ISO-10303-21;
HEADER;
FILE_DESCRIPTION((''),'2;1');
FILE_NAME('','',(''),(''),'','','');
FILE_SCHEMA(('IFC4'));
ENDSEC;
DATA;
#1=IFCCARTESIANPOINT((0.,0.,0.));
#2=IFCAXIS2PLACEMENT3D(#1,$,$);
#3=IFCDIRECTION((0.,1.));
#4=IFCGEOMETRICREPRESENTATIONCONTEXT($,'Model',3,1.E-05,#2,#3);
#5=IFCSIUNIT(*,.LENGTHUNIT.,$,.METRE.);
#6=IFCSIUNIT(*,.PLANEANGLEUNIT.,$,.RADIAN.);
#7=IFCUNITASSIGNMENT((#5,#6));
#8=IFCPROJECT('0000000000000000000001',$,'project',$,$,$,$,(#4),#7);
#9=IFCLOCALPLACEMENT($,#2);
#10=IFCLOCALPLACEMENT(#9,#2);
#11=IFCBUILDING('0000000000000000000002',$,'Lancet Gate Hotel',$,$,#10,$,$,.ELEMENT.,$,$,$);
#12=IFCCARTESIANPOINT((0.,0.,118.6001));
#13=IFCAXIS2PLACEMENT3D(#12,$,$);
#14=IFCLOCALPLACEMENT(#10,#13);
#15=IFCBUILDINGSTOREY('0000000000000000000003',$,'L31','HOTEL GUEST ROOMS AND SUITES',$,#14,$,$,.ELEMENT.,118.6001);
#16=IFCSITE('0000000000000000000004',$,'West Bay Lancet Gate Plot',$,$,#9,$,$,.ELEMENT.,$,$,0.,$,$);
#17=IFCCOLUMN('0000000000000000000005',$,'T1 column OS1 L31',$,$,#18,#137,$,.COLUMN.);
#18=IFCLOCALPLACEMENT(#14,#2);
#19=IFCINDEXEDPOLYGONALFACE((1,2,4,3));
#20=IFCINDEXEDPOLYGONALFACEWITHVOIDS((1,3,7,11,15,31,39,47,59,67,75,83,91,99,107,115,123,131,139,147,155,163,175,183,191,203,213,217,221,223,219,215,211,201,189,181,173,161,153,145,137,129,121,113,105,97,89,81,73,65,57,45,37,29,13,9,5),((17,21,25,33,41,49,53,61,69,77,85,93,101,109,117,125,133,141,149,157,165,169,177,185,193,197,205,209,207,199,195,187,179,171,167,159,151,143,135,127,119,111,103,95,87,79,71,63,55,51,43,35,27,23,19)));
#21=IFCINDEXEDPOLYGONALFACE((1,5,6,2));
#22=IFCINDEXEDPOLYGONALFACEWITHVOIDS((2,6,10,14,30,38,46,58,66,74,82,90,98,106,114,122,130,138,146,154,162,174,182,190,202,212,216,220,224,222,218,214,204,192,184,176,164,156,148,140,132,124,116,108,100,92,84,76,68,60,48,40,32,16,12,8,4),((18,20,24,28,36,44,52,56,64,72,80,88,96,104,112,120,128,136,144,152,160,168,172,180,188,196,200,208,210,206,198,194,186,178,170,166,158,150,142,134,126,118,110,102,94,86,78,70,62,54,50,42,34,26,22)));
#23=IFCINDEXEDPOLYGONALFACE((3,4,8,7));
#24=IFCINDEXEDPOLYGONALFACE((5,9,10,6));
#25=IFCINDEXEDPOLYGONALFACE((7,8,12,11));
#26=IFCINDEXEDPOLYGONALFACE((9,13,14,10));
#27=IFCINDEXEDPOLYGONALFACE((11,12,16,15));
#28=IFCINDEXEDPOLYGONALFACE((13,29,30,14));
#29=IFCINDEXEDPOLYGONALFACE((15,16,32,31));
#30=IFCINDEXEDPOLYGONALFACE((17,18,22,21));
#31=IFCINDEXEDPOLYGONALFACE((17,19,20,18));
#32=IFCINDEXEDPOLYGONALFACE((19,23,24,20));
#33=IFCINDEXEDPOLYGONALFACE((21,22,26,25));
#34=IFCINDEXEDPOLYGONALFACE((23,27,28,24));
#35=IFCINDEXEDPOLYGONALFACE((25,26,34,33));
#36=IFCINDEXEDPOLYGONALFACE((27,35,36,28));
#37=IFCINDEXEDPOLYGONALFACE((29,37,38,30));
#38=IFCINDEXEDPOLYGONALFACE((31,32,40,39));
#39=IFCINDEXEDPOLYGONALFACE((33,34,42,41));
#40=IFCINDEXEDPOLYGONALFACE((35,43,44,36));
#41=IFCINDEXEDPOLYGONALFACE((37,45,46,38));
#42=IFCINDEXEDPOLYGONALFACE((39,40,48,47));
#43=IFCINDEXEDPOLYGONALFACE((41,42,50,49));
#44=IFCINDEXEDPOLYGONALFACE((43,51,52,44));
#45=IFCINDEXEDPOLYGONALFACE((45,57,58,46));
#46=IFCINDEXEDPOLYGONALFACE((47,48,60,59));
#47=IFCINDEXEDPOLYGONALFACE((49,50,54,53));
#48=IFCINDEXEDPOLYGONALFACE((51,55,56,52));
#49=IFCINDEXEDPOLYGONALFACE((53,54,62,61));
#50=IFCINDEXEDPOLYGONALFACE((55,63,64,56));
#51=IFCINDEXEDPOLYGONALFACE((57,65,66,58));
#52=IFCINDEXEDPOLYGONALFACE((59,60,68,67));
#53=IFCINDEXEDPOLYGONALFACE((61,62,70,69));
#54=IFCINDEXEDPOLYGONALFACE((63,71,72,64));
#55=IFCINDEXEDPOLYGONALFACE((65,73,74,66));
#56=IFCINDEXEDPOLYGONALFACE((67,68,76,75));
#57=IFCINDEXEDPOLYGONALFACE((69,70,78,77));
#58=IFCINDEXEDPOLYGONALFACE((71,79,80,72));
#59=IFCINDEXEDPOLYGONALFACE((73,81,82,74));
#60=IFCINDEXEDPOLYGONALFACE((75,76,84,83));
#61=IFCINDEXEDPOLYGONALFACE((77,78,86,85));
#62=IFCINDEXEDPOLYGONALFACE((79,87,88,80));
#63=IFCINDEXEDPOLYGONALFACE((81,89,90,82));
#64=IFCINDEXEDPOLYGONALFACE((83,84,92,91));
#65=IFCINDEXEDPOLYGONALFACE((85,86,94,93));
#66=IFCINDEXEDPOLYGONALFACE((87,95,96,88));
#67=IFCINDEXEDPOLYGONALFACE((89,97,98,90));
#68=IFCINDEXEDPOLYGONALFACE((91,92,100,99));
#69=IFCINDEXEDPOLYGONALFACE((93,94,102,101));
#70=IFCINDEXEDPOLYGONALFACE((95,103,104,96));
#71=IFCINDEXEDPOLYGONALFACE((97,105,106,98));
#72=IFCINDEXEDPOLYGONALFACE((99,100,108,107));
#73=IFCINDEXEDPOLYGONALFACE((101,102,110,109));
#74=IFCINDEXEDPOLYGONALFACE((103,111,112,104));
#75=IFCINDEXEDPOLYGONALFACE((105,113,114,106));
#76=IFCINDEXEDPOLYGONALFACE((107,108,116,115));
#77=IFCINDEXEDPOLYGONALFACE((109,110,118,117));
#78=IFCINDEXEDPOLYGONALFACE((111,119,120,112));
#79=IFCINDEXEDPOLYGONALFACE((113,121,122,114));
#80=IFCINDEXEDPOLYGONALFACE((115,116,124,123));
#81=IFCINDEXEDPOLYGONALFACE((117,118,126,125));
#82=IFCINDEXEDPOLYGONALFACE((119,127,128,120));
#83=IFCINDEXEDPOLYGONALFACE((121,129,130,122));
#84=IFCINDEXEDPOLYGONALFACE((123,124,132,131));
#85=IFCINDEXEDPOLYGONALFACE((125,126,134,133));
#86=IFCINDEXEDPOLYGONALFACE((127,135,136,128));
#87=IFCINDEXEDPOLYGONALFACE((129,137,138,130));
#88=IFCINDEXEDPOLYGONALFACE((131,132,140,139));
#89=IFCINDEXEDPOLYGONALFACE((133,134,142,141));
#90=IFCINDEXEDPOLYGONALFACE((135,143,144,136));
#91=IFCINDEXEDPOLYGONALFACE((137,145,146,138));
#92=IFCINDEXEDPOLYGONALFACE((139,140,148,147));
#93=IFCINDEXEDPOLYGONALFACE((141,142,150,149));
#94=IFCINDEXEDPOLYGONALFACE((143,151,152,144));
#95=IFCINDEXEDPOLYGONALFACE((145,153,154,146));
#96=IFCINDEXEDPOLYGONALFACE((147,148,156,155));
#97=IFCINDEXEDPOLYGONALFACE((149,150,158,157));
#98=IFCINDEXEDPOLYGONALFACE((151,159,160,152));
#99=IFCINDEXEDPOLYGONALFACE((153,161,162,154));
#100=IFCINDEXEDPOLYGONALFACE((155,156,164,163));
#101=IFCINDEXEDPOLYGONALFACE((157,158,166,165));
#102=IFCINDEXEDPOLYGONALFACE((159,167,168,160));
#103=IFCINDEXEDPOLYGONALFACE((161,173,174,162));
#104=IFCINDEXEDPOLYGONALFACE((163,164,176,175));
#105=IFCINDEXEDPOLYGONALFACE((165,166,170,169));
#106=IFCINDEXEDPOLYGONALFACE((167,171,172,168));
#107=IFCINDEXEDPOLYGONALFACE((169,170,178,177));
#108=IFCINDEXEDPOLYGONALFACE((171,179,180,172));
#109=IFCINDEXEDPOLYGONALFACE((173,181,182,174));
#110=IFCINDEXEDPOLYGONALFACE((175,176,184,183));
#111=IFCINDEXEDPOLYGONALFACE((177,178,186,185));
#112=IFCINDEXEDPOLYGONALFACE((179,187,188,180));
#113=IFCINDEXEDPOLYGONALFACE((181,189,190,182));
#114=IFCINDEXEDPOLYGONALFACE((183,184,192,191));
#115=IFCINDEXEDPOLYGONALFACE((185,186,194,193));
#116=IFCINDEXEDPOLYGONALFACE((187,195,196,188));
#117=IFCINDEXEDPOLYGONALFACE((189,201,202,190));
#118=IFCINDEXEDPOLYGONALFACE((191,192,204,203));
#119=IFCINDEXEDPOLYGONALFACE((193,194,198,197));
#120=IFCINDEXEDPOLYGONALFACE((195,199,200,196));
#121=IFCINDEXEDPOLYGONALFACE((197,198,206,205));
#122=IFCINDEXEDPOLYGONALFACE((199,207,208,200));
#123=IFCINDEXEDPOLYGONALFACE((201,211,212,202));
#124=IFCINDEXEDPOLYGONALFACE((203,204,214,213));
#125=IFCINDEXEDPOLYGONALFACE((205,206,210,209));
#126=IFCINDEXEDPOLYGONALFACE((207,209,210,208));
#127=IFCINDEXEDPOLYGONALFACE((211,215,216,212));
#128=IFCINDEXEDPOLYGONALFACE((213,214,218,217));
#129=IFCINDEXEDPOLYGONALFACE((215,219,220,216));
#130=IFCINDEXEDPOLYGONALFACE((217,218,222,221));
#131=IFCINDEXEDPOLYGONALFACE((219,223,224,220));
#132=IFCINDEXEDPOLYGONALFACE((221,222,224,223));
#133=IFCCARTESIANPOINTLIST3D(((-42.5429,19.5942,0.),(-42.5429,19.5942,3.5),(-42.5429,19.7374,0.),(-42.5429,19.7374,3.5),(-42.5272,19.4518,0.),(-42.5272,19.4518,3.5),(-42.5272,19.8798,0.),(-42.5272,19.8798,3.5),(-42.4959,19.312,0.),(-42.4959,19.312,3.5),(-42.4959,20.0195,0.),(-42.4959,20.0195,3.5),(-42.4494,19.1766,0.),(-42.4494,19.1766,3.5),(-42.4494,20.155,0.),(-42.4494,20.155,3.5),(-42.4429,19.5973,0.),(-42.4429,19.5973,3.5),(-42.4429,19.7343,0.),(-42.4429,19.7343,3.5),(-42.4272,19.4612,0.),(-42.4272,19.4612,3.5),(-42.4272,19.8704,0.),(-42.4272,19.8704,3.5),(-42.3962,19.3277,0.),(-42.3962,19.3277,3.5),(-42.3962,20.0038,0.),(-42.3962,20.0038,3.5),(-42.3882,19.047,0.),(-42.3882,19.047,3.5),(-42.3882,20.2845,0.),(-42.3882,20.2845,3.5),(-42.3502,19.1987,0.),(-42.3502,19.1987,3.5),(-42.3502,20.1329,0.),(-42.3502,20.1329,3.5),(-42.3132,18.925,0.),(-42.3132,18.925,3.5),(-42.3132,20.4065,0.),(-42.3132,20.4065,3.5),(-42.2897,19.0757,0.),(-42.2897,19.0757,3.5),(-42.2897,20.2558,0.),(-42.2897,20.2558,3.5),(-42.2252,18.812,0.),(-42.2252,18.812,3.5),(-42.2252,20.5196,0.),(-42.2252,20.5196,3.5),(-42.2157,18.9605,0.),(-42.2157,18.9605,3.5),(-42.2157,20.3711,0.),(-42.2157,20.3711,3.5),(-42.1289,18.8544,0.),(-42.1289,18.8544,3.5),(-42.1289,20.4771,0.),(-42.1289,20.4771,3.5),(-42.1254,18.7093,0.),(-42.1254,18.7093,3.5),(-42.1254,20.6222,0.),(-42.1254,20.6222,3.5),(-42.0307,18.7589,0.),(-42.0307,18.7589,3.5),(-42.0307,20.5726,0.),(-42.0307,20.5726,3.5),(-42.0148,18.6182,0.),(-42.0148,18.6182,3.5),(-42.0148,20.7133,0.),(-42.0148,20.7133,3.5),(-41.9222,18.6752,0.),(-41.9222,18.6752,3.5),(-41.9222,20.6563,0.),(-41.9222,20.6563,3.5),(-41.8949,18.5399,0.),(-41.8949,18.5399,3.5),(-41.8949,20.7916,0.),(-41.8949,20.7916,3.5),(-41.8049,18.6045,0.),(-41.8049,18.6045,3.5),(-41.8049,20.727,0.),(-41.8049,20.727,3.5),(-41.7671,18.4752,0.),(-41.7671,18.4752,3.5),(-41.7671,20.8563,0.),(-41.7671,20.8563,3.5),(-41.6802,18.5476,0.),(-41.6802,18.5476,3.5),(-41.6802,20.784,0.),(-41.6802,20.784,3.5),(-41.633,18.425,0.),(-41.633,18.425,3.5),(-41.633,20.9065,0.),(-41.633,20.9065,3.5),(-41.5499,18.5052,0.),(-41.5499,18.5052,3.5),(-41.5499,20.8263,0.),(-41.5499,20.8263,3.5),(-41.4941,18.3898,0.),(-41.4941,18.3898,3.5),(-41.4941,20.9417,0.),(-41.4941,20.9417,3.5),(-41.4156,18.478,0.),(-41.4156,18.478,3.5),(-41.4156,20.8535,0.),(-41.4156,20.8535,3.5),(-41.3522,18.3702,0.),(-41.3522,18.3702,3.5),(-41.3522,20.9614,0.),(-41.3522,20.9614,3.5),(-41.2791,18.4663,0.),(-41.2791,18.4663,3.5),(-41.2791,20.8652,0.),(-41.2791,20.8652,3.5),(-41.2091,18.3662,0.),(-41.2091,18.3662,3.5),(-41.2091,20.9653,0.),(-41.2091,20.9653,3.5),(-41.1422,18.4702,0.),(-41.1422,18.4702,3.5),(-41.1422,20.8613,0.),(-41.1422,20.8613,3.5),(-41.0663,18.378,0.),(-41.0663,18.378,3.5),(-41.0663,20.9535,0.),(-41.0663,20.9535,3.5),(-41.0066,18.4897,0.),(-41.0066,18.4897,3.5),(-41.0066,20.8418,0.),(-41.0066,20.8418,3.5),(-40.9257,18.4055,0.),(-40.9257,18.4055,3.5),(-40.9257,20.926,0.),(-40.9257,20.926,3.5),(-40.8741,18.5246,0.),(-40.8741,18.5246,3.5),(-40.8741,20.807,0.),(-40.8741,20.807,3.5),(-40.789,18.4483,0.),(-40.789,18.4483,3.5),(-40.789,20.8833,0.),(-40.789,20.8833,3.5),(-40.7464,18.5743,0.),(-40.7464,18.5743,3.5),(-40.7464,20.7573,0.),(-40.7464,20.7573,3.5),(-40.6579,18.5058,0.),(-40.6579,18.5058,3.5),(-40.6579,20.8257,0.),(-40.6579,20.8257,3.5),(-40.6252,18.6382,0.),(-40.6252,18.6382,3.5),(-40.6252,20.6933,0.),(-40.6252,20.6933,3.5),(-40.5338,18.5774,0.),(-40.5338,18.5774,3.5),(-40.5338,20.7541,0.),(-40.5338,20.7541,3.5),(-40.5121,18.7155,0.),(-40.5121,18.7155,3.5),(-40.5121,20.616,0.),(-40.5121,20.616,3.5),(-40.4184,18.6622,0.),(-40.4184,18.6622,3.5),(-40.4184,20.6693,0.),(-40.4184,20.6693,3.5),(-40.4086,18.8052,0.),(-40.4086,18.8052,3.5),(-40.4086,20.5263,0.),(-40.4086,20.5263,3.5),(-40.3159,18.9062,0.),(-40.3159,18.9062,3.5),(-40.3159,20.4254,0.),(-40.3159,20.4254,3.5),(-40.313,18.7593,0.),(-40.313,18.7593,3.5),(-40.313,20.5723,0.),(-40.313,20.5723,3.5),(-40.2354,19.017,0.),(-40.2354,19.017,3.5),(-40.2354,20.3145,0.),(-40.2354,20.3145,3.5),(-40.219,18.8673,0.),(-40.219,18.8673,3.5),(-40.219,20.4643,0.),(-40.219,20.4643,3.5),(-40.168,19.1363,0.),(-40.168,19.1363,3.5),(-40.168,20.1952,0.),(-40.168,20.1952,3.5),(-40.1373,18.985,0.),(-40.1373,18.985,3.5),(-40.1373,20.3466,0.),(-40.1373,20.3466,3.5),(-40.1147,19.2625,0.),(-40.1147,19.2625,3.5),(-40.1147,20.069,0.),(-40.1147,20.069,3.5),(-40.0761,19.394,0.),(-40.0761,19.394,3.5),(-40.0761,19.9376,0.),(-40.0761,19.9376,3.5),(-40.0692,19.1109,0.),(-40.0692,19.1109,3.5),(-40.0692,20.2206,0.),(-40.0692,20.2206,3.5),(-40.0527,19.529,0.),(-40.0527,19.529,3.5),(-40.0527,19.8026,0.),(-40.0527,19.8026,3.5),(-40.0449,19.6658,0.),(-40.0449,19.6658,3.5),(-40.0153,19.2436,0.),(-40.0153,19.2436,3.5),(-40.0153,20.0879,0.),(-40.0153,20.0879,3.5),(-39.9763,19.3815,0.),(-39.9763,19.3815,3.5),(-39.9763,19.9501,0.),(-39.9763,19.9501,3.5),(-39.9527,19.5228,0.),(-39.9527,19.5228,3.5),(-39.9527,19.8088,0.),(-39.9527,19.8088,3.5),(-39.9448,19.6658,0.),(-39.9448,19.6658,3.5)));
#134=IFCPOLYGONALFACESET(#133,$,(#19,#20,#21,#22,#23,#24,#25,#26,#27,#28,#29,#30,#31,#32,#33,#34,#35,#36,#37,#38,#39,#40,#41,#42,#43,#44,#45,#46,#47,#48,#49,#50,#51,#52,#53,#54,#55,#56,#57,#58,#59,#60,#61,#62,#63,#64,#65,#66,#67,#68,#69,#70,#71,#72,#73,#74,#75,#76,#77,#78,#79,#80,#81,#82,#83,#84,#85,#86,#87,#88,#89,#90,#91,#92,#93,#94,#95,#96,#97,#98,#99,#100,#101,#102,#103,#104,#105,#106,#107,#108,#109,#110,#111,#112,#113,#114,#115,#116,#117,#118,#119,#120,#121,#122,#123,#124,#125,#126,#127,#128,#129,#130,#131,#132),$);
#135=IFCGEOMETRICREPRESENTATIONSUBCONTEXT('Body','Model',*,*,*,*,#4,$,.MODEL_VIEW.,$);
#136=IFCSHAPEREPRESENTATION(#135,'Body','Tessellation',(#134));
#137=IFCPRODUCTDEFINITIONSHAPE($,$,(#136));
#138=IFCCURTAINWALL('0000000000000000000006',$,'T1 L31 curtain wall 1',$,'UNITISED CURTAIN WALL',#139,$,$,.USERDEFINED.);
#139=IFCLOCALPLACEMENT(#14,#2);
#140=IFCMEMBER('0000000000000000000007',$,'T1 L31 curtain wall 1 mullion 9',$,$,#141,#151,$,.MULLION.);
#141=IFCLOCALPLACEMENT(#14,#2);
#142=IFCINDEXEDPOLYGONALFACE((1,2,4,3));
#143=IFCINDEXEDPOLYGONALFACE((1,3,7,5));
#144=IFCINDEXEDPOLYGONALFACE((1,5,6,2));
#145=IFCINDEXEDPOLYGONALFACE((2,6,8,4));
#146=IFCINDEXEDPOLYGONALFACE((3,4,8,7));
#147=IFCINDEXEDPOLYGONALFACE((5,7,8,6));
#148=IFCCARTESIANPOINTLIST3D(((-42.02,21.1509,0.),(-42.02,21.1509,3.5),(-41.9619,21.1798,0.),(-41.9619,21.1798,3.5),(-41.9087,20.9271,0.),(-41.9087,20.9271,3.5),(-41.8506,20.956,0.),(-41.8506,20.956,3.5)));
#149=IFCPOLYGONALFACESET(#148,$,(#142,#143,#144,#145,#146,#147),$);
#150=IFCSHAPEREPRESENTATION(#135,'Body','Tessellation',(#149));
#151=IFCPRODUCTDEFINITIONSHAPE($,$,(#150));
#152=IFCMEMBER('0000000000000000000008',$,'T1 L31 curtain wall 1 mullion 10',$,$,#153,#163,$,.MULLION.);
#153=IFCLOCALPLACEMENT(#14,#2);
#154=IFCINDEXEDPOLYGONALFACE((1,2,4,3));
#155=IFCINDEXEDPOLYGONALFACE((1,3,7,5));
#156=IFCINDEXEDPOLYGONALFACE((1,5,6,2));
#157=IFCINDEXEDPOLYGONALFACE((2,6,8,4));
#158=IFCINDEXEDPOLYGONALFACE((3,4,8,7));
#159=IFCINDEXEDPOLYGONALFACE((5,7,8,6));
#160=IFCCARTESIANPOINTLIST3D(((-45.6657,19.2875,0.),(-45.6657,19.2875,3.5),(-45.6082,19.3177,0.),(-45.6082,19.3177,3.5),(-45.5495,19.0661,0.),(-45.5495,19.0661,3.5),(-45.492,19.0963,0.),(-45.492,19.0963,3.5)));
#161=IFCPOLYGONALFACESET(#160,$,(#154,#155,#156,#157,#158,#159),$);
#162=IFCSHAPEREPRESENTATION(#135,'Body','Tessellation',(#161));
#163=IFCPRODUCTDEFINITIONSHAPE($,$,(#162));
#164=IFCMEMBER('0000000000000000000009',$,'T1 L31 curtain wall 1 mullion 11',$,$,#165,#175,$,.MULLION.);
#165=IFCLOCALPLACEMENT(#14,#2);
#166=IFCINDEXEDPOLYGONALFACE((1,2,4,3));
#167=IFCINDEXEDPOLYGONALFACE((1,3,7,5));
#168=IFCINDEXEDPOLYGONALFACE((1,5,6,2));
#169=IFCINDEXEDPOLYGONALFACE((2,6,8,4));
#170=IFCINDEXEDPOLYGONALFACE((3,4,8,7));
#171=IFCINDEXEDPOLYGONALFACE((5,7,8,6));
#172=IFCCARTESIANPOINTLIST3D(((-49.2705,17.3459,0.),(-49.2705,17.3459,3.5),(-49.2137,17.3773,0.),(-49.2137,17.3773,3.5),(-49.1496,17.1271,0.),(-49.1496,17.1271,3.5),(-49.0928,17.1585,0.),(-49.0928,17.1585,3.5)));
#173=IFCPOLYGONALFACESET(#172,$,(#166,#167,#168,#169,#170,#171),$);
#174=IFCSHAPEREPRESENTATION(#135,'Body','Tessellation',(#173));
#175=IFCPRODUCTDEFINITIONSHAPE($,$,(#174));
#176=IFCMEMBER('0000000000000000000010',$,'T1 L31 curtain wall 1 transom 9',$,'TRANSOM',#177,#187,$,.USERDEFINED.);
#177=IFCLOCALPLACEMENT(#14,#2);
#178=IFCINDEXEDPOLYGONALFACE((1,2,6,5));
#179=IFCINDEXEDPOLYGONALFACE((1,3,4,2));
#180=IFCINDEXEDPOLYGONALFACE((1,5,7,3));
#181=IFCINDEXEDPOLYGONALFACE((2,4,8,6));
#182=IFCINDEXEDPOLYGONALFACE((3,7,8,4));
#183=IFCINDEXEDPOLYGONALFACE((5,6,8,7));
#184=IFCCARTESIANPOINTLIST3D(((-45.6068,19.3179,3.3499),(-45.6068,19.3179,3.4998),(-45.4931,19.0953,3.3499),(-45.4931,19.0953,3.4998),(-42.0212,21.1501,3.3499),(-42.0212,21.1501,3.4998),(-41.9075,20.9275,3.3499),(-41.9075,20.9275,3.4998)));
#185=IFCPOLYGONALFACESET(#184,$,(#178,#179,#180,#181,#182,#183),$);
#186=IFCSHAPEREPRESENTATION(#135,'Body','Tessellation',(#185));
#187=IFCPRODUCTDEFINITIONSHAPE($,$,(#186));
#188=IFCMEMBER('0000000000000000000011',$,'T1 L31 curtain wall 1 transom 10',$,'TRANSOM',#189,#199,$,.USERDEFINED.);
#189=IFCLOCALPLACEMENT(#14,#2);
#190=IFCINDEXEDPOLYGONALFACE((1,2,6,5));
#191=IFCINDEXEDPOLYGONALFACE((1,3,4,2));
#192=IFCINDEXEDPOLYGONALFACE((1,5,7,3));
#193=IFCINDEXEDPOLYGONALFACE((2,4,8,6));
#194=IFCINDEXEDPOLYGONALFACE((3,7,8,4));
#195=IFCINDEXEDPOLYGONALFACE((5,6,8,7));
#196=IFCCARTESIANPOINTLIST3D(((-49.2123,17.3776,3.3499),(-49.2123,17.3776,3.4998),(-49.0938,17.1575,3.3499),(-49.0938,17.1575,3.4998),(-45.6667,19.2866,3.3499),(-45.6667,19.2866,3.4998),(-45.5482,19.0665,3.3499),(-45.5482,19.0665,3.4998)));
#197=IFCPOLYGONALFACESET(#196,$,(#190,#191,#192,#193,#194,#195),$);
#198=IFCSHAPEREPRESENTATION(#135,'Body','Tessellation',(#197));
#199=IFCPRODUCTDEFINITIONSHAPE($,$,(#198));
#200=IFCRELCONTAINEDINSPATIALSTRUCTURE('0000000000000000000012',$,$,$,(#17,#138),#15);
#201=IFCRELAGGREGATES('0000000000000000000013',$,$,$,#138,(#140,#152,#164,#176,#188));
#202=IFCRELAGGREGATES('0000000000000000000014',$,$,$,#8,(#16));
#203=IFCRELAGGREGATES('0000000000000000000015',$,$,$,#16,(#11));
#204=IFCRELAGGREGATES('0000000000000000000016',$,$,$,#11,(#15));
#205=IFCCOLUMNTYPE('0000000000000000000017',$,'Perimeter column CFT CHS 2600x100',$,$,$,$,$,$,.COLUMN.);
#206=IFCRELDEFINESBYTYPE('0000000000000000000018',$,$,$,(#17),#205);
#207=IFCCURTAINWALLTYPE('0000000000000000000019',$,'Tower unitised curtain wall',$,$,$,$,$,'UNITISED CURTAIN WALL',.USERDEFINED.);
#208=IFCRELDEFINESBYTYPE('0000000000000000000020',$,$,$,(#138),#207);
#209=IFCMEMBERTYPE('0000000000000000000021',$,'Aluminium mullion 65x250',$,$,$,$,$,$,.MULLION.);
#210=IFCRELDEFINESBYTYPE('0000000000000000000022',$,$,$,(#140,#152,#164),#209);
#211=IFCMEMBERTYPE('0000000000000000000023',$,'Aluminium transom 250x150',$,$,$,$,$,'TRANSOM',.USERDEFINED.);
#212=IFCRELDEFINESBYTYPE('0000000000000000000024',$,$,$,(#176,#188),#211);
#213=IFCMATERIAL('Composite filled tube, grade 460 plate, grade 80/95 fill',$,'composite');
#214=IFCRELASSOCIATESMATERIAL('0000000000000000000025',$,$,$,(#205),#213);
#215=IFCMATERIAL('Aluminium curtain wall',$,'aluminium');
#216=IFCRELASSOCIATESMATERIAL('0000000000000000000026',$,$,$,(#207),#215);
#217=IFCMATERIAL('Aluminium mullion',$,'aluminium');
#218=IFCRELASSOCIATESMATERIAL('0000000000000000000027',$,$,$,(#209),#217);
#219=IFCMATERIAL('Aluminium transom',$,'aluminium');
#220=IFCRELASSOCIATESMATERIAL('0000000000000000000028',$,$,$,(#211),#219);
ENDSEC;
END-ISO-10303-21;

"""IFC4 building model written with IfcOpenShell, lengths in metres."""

from ifc_helpers import new_model, si_unit, direction, frame, origin, origin_2d, place, context, subcontext, project, spatial, rectangle, hollow_circle, extrude, material, material_profile, profile_set, type_object, element, aggregate, save


model = new_model("IFC4")

# Units and contexts
model_context = context("Model", 3, precision=1e-05, world=origin(), true_north=direction((0.0, 1.0)))
body_context = subcontext(model_context, "Body", "Model", "MODEL_VIEW")
ifc_project = project(units=[si_unit("LENGTHUNIT", "METRE"), si_unit("PLANEANGLEUNIT", "RADIAN")], contexts=[model_context])

# Site, building, storey
site_placement = place(None, origin())
site = spatial("IfcSite", under=ifc_project, at=site_placement, Name="West Bay Lancet Gate Plot", CompositionType="ELEMENT", RefElevation=0.0)
building_placement = place(site_placement, origin())
building = spatial("IfcBuilding", under=site, at=building_placement, Name="Lancet Gate Hotel", CompositionType="ELEMENT")
storey_placement = place(building_placement, frame((0.0, 0.0, 118.6001)))
storey = spatial("IfcBuildingStorey", under=building, at=storey_placement, Name="L31", Description="HOTEL GUEST ROOMS AND SUITES", CompositionType="ELEMENT", Elevation=118.6001)

# Column
ifc_material_1 = material(Name="Composite filled tube, grade 460 plate, grade 80/95 fill", Category="composite")
ifc_material_profile_1 = material_profile(ifc_material_1, hollow_circle(Radius=1.3, WallThickness=0.1001, at=origin_2d()), Name="CHS 2600x100")
ifc_profile_set_1 = profile_set([ifc_material_profile_1], Name="Composite filled tube, grade 460 plate, grade 80/95 fill")
column_type = type_object("IfcColumnType", Name="Perimeter column CFT CHS 2600x100", PredefinedType="COLUMN", material=ifc_profile_set_1)
column_placement = place(storey_placement, frame((-41.2449, 19.6658, 0.0), z_axis=(0.0, 0.0, 1.0), x_axis=(1.0, 0.0, 0.0)))
element("IfcColumn", 1, at=column_placement, inside=storey, type_object=column_type, Name="T1 column OS1 L31", PredefinedType="COLUMN", context=body_context, shape_type="SweptSolid", body=[
    extrude(hollow_circle(Radius=1.3, WallThickness=0.1001, at=origin_2d()), origin(), (0.0, 0.0, 1.0), 3.5),
])

# Curtain wall, members
ifc_material_2 = material(Name="Aluminium curtain wall", Category="aluminium")
curtain_wall_type = type_object("IfcCurtainWallType", Name="Tower unitised curtain wall", ElementType="UNITISED CURTAIN WALL", PredefinedType="USERDEFINED", material=ifc_material_2)
curtain_wall_placement = place(storey_placement, origin())
curtain_wall = element("IfcCurtainWall", 2, at=curtain_wall_placement, inside=storey, type_object=curtain_wall_type, Name="T1 L31 curtain wall 1", ObjectType="UNITISED CURTAIN WALL", PredefinedType="USERDEFINED")
ifc_material_3 = material(Name="Aluminium mullion", Category="aluminium")
ifc_material_profile_2 = material_profile(ifc_material_3, rectangle(XDim=0.0649, YDim=0.25, at=origin_2d()), Name="MULLION 65x250")
ifc_profile_set_2 = profile_set([ifc_material_profile_2], Name="Aluminium mullion")
member_type_1 = type_object("IfcMemberType", Name="Aluminium mullion 65x250", PredefinedType="MULLION", material=ifc_profile_set_2)
member_1_placement = place(storey_placement, frame((-41.9353, 21.0535, 0.0), z_axis=(0.0, 0.0, 1.0), x_axis=(-0.895339, -0.445384, 0.0)))
member_1 = element("IfcMember", 3, at=member_1_placement, type_object=member_type_1, Name="T1 L31 curtain wall 1 mullion 9", PredefinedType="MULLION", context=body_context, shape_type="SweptSolid", body=[
    extrude(rectangle(XDim=0.0649, YDim=0.25, at=origin_2d()), origin(), (0.0, 0.0, 1.0), 3.5),
])
member_2_placement = place(storey_placement, frame((-45.5789, 19.1919, 0.0), z_axis=(0.0, 0.0, 1.0), x_axis=(-0.885544, -0.464555, 0.0)))
member_2 = element("IfcMember", 4, at=member_2_placement, type_object=member_type_1, Name="T1 L31 curtain wall 1 mullion 10", PredefinedType="MULLION", context=body_context, shape_type="SweptSolid", body=[
    extrude(rectangle(XDim=0.0649, YDim=0.25, at=origin_2d()), origin(), (0.0, 0.0, 1.0), 3.5),
])
member_3_placement = place(storey_placement, frame((-49.1816, 17.2522, 0.0), z_axis=(0.0, 0.0, 1.0), x_axis=(-0.875339, -0.48351, 0.0)))
member_3 = element("IfcMember", 5, at=member_3_placement, type_object=member_type_1, Name="T1 L31 curtain wall 1 mullion 11", PredefinedType="MULLION", context=body_context, shape_type="SweptSolid", body=[
    extrude(rectangle(XDim=0.0649, YDim=0.25, at=origin_2d()), origin(), (0.0, 0.0, 1.0), 3.5),
])
ifc_material_4 = material(Name="Aluminium transom", Category="aluminium")
ifc_material_profile_3 = material_profile(ifc_material_4, rectangle(XDim=0.25, YDim=0.1499, at=origin_2d()), Name="TRANSOM 250x150")
ifc_profile_set_3 = profile_set([ifc_material_profile_3], Name="Aluminium transom")
member_type_2 = type_object("IfcMemberType", Name="Aluminium transom 250x150", ElementType="TRANSOM", PredefinedType="USERDEFINED", material=ifc_profile_set_3)
member_4_placement = place(storey_placement, frame((-41.9644, 21.0388, 3.4248), z_axis=(-0.890476, -0.45503, 0.0), x_axis=(0.45503, -0.890476, 0.0)))
member_4 = element("IfcMember", 6, at=member_4_placement, type_object=member_type_2, Name="T1 L31 curtain wall 1 transom 9", ObjectType="TRANSOM", PredefinedType="USERDEFINED", context=body_context, shape_type="SweptSolid", body=[
    extrude(rectangle(XDim=0.25, YDim=0.1499, at=origin_2d()), origin(), (0.0, 0.0, 1.0), 4.0266),
])
member_5_placement = place(storey_placement, frame((-45.6074, 19.1765, 3.4248), z_axis=(-0.880498, -0.474049, 0.0), x_axis=(0.474049, -0.880498, 0.0)))
member_5 = element("IfcMember", 7, at=member_5_placement, type_object=member_type_2, Name="T1 L31 curtain wall 1 transom 10", ObjectType="TRANSOM", PredefinedType="USERDEFINED", context=body_context, shape_type="SweptSolid", body=[
    extrude(rectangle(XDim=0.25, YDim=0.1499, at=origin_2d()), origin(), (0.0, 0.0, 1.0), 4.0269),
])

aggregate(curtain_wall, [member_1, member_2, member_3, member_4, member_5])

save(model, "model.ifc")
